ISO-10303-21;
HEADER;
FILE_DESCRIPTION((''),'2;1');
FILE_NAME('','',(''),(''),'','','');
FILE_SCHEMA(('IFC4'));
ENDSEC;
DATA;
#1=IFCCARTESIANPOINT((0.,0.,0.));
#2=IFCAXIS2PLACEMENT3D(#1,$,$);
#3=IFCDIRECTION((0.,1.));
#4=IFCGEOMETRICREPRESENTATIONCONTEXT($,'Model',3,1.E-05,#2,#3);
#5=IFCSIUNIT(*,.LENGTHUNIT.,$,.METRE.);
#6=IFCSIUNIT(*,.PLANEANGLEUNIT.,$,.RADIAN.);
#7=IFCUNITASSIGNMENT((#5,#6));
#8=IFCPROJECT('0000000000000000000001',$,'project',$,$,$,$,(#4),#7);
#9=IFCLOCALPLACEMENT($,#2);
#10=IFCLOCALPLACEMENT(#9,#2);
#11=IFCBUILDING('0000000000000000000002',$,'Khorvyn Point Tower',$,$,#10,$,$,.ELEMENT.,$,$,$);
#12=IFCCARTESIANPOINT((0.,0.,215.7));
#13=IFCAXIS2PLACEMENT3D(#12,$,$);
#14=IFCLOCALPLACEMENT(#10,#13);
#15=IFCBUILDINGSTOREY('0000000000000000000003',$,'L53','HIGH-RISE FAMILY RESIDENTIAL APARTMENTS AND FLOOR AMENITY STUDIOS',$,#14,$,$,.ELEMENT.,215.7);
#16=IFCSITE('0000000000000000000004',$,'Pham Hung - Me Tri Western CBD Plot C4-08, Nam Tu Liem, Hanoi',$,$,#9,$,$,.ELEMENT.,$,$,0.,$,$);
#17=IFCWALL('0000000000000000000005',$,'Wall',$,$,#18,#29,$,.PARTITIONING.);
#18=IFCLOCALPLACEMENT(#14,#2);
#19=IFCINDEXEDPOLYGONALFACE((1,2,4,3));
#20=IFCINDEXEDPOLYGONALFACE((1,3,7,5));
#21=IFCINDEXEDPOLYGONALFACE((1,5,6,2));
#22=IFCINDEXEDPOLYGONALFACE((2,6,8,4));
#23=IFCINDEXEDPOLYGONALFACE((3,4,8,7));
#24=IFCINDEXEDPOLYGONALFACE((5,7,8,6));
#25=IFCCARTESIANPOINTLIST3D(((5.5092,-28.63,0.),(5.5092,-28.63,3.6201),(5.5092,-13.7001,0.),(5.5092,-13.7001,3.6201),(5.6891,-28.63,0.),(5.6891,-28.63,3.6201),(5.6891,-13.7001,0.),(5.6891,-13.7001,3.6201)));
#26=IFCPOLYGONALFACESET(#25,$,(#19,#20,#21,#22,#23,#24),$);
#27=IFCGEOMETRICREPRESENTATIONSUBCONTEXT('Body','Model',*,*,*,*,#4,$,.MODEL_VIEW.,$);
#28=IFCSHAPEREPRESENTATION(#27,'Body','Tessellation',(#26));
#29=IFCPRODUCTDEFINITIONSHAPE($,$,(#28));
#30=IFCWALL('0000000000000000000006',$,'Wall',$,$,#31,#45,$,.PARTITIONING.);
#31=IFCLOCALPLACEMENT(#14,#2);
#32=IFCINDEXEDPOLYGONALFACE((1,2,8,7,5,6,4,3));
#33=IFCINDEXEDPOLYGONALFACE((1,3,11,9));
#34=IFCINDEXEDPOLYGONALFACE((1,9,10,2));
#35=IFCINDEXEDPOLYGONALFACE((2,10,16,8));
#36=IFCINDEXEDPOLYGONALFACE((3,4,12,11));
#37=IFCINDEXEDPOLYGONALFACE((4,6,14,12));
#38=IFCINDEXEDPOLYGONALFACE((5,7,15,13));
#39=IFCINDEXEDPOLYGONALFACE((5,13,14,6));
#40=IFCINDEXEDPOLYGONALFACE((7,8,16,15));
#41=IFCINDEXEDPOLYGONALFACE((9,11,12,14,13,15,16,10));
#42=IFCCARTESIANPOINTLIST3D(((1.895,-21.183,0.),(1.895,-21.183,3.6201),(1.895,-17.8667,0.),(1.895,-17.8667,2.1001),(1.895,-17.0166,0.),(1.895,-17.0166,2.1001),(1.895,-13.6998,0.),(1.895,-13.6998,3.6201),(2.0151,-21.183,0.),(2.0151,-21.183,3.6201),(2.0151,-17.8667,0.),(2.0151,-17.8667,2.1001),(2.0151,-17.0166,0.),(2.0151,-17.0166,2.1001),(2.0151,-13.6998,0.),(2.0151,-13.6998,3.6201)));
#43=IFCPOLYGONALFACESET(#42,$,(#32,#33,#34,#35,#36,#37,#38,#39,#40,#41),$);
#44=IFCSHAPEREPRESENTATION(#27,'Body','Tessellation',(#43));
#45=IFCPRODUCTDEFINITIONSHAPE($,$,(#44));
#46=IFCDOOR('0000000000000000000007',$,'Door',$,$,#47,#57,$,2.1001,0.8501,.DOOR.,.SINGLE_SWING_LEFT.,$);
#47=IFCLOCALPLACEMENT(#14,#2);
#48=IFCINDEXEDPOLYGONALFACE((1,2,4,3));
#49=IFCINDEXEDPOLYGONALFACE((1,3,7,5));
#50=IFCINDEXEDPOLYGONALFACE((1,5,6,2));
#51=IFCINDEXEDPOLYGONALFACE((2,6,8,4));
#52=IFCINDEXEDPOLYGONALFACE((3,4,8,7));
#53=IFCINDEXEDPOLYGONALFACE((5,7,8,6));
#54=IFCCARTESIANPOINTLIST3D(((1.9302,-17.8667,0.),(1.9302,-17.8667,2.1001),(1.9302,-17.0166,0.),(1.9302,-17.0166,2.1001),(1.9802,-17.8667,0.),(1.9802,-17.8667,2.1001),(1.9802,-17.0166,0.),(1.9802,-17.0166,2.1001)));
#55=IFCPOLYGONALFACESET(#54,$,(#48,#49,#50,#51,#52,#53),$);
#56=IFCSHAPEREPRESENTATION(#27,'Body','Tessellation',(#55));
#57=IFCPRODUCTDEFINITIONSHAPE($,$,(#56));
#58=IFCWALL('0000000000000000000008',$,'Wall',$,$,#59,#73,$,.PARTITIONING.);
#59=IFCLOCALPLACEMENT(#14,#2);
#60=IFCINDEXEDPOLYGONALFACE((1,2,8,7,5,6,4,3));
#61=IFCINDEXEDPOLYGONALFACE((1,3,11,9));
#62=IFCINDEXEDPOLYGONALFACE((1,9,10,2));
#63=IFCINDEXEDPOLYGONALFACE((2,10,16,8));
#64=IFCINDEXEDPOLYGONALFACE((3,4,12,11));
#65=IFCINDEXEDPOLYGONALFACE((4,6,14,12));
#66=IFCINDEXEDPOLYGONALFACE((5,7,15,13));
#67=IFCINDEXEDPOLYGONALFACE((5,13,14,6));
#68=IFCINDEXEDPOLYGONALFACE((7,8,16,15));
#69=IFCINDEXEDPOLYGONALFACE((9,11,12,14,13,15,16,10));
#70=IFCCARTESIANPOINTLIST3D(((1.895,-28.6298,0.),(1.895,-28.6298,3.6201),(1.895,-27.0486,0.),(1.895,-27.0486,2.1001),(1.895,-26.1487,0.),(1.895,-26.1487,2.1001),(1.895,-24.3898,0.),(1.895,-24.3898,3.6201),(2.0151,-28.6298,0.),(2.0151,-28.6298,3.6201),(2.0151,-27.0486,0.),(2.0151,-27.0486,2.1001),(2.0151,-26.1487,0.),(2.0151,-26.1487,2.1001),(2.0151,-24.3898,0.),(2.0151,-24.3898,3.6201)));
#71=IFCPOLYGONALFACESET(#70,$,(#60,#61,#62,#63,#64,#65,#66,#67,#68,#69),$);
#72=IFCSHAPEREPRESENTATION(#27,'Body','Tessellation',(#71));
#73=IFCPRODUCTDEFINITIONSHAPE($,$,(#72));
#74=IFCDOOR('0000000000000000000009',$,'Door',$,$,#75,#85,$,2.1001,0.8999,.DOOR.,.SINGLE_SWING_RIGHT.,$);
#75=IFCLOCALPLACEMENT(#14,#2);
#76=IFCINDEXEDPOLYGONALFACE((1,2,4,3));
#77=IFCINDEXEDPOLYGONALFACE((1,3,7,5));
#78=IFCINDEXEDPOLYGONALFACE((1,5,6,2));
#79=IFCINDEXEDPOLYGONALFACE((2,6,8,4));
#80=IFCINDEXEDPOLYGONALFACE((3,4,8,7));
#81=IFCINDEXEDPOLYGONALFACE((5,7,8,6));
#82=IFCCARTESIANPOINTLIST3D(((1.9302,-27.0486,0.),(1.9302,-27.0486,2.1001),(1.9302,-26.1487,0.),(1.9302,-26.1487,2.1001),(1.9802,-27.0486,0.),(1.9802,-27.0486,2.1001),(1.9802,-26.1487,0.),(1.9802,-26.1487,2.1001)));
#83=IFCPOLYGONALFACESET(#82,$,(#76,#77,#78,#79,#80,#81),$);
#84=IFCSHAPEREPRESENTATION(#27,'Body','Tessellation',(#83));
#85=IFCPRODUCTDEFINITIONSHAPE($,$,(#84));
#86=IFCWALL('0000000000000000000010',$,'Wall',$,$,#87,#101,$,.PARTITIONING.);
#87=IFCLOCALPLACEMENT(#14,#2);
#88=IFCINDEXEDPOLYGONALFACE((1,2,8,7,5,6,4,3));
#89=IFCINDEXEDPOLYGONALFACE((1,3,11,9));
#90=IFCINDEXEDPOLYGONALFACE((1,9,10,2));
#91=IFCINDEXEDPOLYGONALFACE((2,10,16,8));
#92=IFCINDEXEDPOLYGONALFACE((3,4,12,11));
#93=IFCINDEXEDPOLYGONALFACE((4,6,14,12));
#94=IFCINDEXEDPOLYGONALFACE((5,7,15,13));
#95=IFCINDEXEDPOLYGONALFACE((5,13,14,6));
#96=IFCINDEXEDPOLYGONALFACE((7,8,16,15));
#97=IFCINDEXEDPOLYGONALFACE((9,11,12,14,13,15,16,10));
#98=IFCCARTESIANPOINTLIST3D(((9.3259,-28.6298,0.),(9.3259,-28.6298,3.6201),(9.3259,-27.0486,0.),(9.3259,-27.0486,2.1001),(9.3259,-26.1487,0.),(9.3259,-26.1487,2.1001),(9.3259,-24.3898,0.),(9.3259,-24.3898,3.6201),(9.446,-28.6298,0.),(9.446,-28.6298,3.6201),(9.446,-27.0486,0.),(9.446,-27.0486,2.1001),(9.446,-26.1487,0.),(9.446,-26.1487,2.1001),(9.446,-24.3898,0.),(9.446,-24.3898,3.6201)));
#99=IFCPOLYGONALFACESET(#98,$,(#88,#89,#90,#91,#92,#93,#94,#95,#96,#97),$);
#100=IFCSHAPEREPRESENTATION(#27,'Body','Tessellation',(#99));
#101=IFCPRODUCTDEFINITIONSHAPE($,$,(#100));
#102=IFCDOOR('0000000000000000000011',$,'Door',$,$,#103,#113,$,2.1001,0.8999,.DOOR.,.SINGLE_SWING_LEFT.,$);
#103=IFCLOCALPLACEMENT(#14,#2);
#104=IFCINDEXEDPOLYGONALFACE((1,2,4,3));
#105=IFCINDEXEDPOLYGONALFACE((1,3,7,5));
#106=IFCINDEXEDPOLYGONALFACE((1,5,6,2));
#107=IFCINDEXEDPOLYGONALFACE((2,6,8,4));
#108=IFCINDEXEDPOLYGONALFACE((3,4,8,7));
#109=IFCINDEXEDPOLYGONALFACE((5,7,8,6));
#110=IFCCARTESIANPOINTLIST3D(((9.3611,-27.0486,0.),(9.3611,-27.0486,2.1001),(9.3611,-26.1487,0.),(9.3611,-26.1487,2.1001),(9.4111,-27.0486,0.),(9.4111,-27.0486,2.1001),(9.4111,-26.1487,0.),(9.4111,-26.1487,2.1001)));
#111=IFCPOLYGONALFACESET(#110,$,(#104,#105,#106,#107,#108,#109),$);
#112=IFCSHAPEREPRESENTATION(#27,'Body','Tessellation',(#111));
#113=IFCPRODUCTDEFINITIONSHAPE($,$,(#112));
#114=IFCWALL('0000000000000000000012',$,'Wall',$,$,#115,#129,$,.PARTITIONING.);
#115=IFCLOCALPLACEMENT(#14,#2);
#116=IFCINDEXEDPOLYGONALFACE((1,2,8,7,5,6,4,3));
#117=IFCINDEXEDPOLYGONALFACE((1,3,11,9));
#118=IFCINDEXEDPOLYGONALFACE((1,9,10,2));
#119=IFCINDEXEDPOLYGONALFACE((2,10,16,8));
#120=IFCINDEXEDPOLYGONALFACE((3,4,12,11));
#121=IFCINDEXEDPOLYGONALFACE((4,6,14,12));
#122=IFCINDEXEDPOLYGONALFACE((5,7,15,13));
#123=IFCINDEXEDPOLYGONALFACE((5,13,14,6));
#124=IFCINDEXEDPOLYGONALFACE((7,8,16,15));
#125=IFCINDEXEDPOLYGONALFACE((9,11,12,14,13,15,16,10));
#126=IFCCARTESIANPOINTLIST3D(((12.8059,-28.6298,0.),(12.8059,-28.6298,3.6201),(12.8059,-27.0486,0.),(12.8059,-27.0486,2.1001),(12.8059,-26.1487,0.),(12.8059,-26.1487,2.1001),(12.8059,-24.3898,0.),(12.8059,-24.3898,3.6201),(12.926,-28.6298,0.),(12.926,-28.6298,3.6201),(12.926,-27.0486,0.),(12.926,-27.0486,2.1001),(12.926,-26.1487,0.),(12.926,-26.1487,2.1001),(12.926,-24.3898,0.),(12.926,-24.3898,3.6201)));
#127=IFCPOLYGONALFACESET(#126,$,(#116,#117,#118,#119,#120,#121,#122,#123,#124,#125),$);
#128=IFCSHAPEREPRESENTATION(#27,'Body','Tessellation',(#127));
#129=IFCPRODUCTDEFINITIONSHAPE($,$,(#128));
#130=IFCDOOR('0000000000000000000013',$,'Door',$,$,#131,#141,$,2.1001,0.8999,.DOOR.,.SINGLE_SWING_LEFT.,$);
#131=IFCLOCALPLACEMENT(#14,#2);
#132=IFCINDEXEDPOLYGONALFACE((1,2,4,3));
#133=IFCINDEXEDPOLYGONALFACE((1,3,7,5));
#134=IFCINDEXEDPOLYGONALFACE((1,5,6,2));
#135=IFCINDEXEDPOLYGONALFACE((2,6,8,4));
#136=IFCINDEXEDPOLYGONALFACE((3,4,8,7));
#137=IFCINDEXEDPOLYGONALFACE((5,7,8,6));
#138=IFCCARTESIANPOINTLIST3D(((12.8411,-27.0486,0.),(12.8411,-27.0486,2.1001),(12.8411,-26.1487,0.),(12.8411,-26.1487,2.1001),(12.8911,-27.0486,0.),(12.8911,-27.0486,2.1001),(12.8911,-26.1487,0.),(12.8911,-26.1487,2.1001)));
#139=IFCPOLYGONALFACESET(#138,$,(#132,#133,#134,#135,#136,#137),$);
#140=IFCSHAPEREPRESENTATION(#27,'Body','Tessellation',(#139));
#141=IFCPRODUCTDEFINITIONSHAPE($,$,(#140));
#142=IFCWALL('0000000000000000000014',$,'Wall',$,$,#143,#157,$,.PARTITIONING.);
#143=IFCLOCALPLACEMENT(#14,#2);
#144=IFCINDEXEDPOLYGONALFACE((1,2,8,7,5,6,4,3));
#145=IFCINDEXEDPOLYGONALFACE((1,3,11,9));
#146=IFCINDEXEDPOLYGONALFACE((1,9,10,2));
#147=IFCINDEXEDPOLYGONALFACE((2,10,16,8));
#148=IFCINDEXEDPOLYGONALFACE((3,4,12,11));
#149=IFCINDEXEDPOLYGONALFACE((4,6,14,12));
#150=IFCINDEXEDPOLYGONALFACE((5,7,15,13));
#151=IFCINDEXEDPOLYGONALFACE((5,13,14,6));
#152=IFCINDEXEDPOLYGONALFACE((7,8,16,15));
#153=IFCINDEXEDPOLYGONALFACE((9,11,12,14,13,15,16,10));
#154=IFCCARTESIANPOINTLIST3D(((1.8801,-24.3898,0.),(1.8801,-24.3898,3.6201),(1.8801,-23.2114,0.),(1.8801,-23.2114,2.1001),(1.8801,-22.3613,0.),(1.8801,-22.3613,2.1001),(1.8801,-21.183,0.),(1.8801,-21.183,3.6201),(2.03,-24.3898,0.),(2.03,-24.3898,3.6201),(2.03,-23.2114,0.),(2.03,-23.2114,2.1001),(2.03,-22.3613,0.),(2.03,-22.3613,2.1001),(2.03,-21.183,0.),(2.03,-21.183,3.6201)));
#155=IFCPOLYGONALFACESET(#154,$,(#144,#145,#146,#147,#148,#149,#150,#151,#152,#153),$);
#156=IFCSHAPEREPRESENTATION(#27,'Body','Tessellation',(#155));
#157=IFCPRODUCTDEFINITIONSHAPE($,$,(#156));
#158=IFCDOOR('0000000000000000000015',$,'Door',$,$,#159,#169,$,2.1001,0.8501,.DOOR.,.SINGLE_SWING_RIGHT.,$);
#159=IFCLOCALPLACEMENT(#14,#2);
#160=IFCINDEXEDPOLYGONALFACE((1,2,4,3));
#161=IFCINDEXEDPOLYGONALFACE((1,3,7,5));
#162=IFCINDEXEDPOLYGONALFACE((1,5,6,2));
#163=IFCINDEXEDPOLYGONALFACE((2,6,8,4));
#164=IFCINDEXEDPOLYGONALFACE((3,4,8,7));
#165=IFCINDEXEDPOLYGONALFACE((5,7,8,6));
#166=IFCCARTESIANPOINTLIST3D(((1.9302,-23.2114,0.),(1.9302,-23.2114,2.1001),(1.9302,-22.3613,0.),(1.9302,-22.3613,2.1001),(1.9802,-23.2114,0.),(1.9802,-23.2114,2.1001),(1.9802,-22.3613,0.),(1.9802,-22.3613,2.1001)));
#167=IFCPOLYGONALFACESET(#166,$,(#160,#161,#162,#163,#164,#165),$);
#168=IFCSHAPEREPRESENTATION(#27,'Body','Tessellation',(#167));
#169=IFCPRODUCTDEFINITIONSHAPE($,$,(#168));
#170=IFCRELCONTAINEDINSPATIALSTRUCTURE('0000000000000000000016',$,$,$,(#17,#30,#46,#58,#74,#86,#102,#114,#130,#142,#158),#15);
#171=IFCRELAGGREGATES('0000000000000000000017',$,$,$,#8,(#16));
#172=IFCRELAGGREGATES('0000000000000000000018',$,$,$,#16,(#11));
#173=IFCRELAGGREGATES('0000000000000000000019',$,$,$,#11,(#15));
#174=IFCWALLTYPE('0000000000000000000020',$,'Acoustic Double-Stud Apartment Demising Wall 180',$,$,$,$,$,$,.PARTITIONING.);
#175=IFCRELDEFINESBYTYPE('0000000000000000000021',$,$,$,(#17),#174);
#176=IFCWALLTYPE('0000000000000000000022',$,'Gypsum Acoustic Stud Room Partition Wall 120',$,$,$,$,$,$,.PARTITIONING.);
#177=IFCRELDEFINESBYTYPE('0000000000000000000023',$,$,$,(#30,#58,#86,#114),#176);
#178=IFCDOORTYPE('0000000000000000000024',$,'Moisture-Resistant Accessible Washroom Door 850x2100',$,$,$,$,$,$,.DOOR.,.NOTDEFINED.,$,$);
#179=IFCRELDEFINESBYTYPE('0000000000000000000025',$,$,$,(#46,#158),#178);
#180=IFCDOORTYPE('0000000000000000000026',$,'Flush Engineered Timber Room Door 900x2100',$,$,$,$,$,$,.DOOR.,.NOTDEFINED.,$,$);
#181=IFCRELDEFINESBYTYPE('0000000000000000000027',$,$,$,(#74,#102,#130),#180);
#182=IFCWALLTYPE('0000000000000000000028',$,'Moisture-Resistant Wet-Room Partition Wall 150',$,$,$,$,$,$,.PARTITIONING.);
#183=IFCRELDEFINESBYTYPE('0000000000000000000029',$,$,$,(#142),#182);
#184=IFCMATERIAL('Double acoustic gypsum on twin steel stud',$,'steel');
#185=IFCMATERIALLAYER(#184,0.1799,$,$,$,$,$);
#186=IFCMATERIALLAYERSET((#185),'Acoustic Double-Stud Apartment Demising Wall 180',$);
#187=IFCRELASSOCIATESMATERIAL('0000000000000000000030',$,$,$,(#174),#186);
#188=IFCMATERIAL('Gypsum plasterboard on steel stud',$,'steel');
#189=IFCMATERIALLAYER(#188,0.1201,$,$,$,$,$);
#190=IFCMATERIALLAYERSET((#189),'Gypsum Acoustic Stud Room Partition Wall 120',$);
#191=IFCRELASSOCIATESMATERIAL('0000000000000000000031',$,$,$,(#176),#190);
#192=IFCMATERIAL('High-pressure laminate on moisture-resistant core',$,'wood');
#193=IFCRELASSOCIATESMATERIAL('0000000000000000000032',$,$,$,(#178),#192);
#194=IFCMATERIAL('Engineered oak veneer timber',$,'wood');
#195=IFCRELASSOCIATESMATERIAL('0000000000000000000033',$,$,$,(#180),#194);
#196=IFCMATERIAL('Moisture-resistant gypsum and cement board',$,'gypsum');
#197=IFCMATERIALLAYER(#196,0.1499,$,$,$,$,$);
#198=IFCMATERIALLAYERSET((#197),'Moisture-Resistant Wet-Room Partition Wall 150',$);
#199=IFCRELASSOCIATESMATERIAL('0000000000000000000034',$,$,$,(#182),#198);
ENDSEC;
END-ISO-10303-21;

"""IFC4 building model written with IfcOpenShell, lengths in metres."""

from ifc_helpers import new_model, si_unit, direction, frame, frame_2d, origin, place, context, subcontext, project, spatial, rectangle, extrude, material, layer, layer_set, type_object, element, fill, save


model = new_model("IFC4")

# Units and contexts
model_context = context("Model", 3, precision=1e-05, world=origin(), true_north=direction((0.0, 1.0)))
body_context = subcontext(model_context, "Body", "Model", "MODEL_VIEW")
ifc_project = project(units=[si_unit("LENGTHUNIT", "METRE"), si_unit("PLANEANGLEUNIT", "RADIAN")], contexts=[model_context])

# Site, building, storey
site_placement = place(None, origin())
site = spatial("IfcSite", under=ifc_project, at=site_placement, Name="Pham Hung - Me Tri Western CBD Plot C4-08, Nam Tu Liem, Hanoi", CompositionType="ELEMENT", RefElevation=0.0)
building_placement = place(site_placement, origin())
building = spatial("IfcBuilding", under=site, at=building_placement, Name="Khorvyn Point Tower", CompositionType="ELEMENT")
storey_placement = place(building_placement, frame((0.0, 0.0, 215.7)))
storey = spatial("IfcBuildingStorey", under=building, at=storey_placement, Name="L53", Description="HIGH-RISE FAMILY RESIDENTIAL APARTMENTS AND FLOOR AMENITY STUDIOS", CompositionType="ELEMENT", Elevation=215.7)

# Wall
ifc_material_1 = material(Name="Double acoustic gypsum on twin steel stud", Category="steel")
ifc_layer_1 = layer(ifc_material_1, 0.1799)
ifc_layer_set_1 = layer_set([ifc_layer_1], Name="Acoustic Double-Stud Apartment Demising Wall 180")
wall_type_1 = type_object("IfcWallType", Name="Acoustic Double-Stud Apartment Demising Wall 180", PredefinedType="PARTITIONING", material=ifc_layer_set_1)
wall_1_placement = place(storey_placement, frame((5.5991, -28.6299, 0.0), z_axis=(0.0, 0.0, 1.0), x_axis=(0.0, 1.0, 0.0)))
element("IfcWall", 1, at=wall_1_placement, inside=storey, type_object=wall_type_1, Name="Wall", PredefinedType="PARTITIONING", context=body_context, shape_type="SweptSolid", body=[
    extrude(rectangle(XDim=14.9299, YDim=0.1799, at=frame_2d((7.4648, 0.0))), origin(), (0.0, 0.0, 1.0), 3.6201),
])

# Walls, openings, doors
ifc_material_2 = material(Name="Gypsum plasterboard on steel stud", Category="steel")
ifc_layer_2 = layer(ifc_material_2, 0.1201)
ifc_layer_set_2 = layer_set([ifc_layer_2], Name="Gypsum Acoustic Stud Room Partition Wall 120")
wall_type_2 = type_object("IfcWallType", Name="Gypsum Acoustic Stud Room Partition Wall 120", PredefinedType="PARTITIONING", material=ifc_layer_set_2)
wall_2_placement = place(storey_placement, frame((1.9551, -21.1831, 0.0), z_axis=(0.0, 0.0, 1.0), x_axis=(0.0, 1.0, 0.0)))
wall_2 = element("IfcWall", 2, at=wall_2_placement, inside=storey, type_object=wall_type_2, Name="Wall", PredefinedType="PARTITIONING", context=body_context, shape_type="SweptSolid", body=[
    extrude(rectangle(XDim=7.4832, YDim=0.1201, at=frame_2d((3.7417, 0.0))), origin(), (0.0, 0.0, 1.0), 3.6201),
])
opening_1_placement = place(wall_2_placement, frame((3.3164, 0.0, 0.0)))
opening_1 = element("IfcOpeningElement", 3, at=opening_1_placement, cuts=wall_2, PredefinedType="OPENING", context=body_context, shape_type="SweptSolid", body=[
    extrude(rectangle(XDim=0.8501, YDim=2.1001, at=frame_2d((0.425, 1.05))), frame((0.0, 0.0701, 0.0), z_axis=(0.0, -1.0, 0.0), x_axis=(1.0, 0.0, 0.0)), (0.0, 0.0, 1.0), 0.1401),
])
ifc_material_3 = material(Name="High-pressure laminate on moisture-resistant core", Category="wood")
door_type_1 = type_object("IfcDoorType", Name="Moisture-Resistant Accessible Washroom Door 850x2100", OperationType="NOTDEFINED", PredefinedType="DOOR", material=ifc_material_3)
door_1_placement = place(opening_1_placement, origin())
door_1 = element("IfcDoor", 4, at=door_1_placement, inside=storey, type_object=door_type_1, Name="Door", OperationType="SINGLE_SWING_LEFT", OverallHeight=2.1001, OverallWidth=0.8501, PredefinedType="DOOR", context=body_context, shape_type="SweptSolid", body=[
    extrude(rectangle(XDim=0.8501, YDim=2.1001, at=frame_2d((0.425, 1.05))), frame((0.0, 0.0249, 0.0), z_axis=(0.0, -1.0, 0.0), x_axis=(1.0, 0.0, 0.0)), (0.0, 0.0, 1.0), 0.05),
])
fill(opening_1, door_1)
wall_3_placement = place(storey_placement, frame((1.9551, -28.6299, 0.0), z_axis=(0.0, 0.0, 1.0), x_axis=(0.0, 1.0, 0.0)))
wall_3 = element("IfcWall", 5, at=wall_3_placement, inside=storey, type_object=wall_type_2, Name="Wall", PredefinedType="PARTITIONING", context=body_context, shape_type="SweptSolid", body=[
    extrude(rectangle(XDim=4.24, YDim=0.1201, at=frame_2d((2.1201, 0.0))), origin(), (0.0, 0.0, 1.0), 3.6201),
])
opening_2_placement = place(wall_3_placement, frame((1.5813, 0.0, 0.0)))
opening_2 = element("IfcOpeningElement", 6, at=opening_2_placement, cuts=wall_3, PredefinedType="OPENING", context=body_context, shape_type="SweptSolid", body=[
    extrude(rectangle(XDim=0.8999, YDim=2.1001, at=frame_2d((0.45, 1.05))), frame((0.0, 0.0701, 0.0), z_axis=(0.0, -1.0, 0.0), x_axis=(1.0, 0.0, 0.0)), (0.0, 0.0, 1.0), 0.1401),
])
ifc_material_4 = material(Name="Engineered oak veneer timber", Category="wood")
door_type_2 = type_object("IfcDoorType", Name="Flush Engineered Timber Room Door 900x2100", OperationType="NOTDEFINED", PredefinedType="DOOR", material=ifc_material_4)
door_2_placement = place(opening_2_placement, origin())
door_2 = element("IfcDoor", 7, at=door_2_placement, inside=storey, type_object=door_type_2, Name="Door", OperationType="SINGLE_SWING_RIGHT", OverallHeight=2.1001, OverallWidth=0.8999, PredefinedType="DOOR", context=body_context, shape_type="SweptSolid", body=[
    extrude(rectangle(XDim=0.8999, YDim=2.1001, at=frame_2d((0.45, 1.05))), frame((0.0, 0.0249, 0.0), z_axis=(0.0, -1.0, 0.0), x_axis=(1.0, 0.0, 0.0)), (0.0, 0.0, 1.0), 0.05),
])
fill(opening_2, door_2)
wall_4_placement = place(storey_placement, frame((9.386, -28.6299, 0.0), z_axis=(0.0, 0.0, 1.0), x_axis=(0.0, 1.0, 0.0)))
wall_4 = element("IfcWall", 8, at=wall_4_placement, inside=storey, type_object=wall_type_2, Name="Wall", PredefinedType="PARTITIONING", context=body_context, shape_type="SweptSolid", body=[
    extrude(rectangle(XDim=4.24, YDim=0.1201, at=frame_2d((2.1201, 0.0))), origin(), (0.0, 0.0, 1.0), 3.6201),
])
opening_3_placement = place(wall_4_placement, frame((1.5813, 0.0, 0.0)))
opening_3 = element("IfcOpeningElement", 9, at=opening_3_placement, cuts=wall_4, PredefinedType="OPENING", context=body_context, shape_type="SweptSolid", body=[
    extrude(rectangle(XDim=0.8999, YDim=2.1001, at=frame_2d((0.45, 1.05))), frame((0.0, 0.0701, 0.0), z_axis=(0.0, -1.0, 0.0), x_axis=(1.0, 0.0, 0.0)), (0.0, 0.0, 1.0), 0.1401),
])
door_3_placement = place(opening_3_placement, origin())
door_3 = element("IfcDoor", 10, at=door_3_placement, inside=storey, type_object=door_type_2, Name="Door", OperationType="SINGLE_SWING_LEFT", OverallHeight=2.1001, OverallWidth=0.8999, PredefinedType="DOOR", context=body_context, shape_type="SweptSolid", body=[
    extrude(rectangle(XDim=0.8999, YDim=2.1001, at=frame_2d((0.45, 1.05))), frame((0.0, 0.0249, 0.0), z_axis=(0.0, -1.0, 0.0), x_axis=(1.0, 0.0, 0.0)), (0.0, 0.0, 1.0), 0.05),
])
fill(opening_3, door_3)
wall_5_placement = place(storey_placement, frame((12.866, -28.6299, 0.0), z_axis=(0.0, 0.0, 1.0), x_axis=(0.0, 1.0, 0.0)))
wall_5 = element("IfcWall", 11, at=wall_5_placement, inside=storey, type_object=wall_type_2, Name="Wall", PredefinedType="PARTITIONING", context=body_context, shape_type="SweptSolid", body=[
    extrude(rectangle(XDim=4.24, YDim=0.1201, at=frame_2d((2.1201, 0.0))), origin(), (0.0, 0.0, 1.0), 3.6201),
])
opening_4_placement = place(wall_5_placement, frame((1.5813, 0.0, 0.0)))
opening_4 = element("IfcOpeningElement", 12, at=opening_4_placement, cuts=wall_5, PredefinedType="OPENING", context=body_context, shape_type="SweptSolid", body=[
    extrude(rectangle(XDim=0.8999, YDim=2.1001, at=frame_2d((0.45, 1.05))), frame((0.0, 0.0701, 0.0), z_axis=(0.0, -1.0, 0.0), x_axis=(1.0, 0.0, 0.0)), (0.0, 0.0, 1.0), 0.1401),
])
door_4_placement = place(opening_4_placement, origin())
door_4 = element("IfcDoor", 13, at=door_4_placement, inside=storey, type_object=door_type_2, Name="Door", OperationType="SINGLE_SWING_LEFT", OverallHeight=2.1001, OverallWidth=0.8999, PredefinedType="DOOR", context=body_context, shape_type="SweptSolid", body=[
    extrude(rectangle(XDim=0.8999, YDim=2.1001, at=frame_2d((0.45, 1.05))), frame((0.0, 0.0249, 0.0), z_axis=(0.0, -1.0, 0.0), x_axis=(1.0, 0.0, 0.0)), (0.0, 0.0, 1.0), 0.05),
])
fill(opening_4, door_4)
ifc_material_5 = material(Name="Moisture-resistant gypsum and cement board", Category="gypsum")
ifc_layer_3 = layer(ifc_material_5, 0.1499)
ifc_layer_set_3 = layer_set([ifc_layer_3], Name="Moisture-Resistant Wet-Room Partition Wall 150")
wall_type_3 = type_object("IfcWallType", Name="Moisture-Resistant Wet-Room Partition Wall 150", PredefinedType="PARTITIONING", material=ifc_layer_set_3)
wall_6_placement = place(storey_placement, frame((1.9551, -24.3899, 0.0), z_axis=(0.0, 0.0, 1.0), x_axis=(0.0, 1.0, 0.0)))
wall_6 = element("IfcWall", 14, at=wall_6_placement, inside=storey, type_object=wall_type_3, Name="Wall", PredefinedType="PARTITIONING", context=body_context, shape_type="SweptSolid", body=[
    extrude(rectangle(XDim=3.2068, YDim=0.1499, at=frame_2d((1.6035, 0.0))), origin(), (0.0, 0.0, 1.0), 3.6201),
])
opening_5_placement = place(wall_6_placement, frame((1.1785, 0.0, 0.0)))
opening_5 = element("IfcOpeningElement", 15, at=opening_5_placement, cuts=wall_6, PredefinedType="OPENING", context=body_context, shape_type="SweptSolid", body=[
    extrude(rectangle(XDim=0.8501, YDim=2.1001, at=frame_2d((0.425, 1.05))), frame((0.0, 0.085, 0.0), z_axis=(0.0, -1.0, 0.0), x_axis=(1.0, 0.0, 0.0)), (0.0, 0.0, 1.0), 0.1699),
])
door_5_placement = place(opening_5_placement, origin())
door_5 = element("IfcDoor", 16, at=door_5_placement, inside=storey, type_object=door_type_1, Name="Door", OperationType="SINGLE_SWING_RIGHT", OverallHeight=2.1001, OverallWidth=0.8501, PredefinedType="DOOR", context=body_context, shape_type="SweptSolid", body=[
    extrude(rectangle(XDim=0.8501, YDim=2.1001, at=frame_2d((0.425, 1.05))), frame((0.0, 0.0249, 0.0), z_axis=(0.0, -1.0, 0.0), x_axis=(1.0, 0.0, 0.0)), (0.0, 0.0, 1.0), 0.05),
])
fill(opening_5, door_5)

save(model, "model.ifc")
